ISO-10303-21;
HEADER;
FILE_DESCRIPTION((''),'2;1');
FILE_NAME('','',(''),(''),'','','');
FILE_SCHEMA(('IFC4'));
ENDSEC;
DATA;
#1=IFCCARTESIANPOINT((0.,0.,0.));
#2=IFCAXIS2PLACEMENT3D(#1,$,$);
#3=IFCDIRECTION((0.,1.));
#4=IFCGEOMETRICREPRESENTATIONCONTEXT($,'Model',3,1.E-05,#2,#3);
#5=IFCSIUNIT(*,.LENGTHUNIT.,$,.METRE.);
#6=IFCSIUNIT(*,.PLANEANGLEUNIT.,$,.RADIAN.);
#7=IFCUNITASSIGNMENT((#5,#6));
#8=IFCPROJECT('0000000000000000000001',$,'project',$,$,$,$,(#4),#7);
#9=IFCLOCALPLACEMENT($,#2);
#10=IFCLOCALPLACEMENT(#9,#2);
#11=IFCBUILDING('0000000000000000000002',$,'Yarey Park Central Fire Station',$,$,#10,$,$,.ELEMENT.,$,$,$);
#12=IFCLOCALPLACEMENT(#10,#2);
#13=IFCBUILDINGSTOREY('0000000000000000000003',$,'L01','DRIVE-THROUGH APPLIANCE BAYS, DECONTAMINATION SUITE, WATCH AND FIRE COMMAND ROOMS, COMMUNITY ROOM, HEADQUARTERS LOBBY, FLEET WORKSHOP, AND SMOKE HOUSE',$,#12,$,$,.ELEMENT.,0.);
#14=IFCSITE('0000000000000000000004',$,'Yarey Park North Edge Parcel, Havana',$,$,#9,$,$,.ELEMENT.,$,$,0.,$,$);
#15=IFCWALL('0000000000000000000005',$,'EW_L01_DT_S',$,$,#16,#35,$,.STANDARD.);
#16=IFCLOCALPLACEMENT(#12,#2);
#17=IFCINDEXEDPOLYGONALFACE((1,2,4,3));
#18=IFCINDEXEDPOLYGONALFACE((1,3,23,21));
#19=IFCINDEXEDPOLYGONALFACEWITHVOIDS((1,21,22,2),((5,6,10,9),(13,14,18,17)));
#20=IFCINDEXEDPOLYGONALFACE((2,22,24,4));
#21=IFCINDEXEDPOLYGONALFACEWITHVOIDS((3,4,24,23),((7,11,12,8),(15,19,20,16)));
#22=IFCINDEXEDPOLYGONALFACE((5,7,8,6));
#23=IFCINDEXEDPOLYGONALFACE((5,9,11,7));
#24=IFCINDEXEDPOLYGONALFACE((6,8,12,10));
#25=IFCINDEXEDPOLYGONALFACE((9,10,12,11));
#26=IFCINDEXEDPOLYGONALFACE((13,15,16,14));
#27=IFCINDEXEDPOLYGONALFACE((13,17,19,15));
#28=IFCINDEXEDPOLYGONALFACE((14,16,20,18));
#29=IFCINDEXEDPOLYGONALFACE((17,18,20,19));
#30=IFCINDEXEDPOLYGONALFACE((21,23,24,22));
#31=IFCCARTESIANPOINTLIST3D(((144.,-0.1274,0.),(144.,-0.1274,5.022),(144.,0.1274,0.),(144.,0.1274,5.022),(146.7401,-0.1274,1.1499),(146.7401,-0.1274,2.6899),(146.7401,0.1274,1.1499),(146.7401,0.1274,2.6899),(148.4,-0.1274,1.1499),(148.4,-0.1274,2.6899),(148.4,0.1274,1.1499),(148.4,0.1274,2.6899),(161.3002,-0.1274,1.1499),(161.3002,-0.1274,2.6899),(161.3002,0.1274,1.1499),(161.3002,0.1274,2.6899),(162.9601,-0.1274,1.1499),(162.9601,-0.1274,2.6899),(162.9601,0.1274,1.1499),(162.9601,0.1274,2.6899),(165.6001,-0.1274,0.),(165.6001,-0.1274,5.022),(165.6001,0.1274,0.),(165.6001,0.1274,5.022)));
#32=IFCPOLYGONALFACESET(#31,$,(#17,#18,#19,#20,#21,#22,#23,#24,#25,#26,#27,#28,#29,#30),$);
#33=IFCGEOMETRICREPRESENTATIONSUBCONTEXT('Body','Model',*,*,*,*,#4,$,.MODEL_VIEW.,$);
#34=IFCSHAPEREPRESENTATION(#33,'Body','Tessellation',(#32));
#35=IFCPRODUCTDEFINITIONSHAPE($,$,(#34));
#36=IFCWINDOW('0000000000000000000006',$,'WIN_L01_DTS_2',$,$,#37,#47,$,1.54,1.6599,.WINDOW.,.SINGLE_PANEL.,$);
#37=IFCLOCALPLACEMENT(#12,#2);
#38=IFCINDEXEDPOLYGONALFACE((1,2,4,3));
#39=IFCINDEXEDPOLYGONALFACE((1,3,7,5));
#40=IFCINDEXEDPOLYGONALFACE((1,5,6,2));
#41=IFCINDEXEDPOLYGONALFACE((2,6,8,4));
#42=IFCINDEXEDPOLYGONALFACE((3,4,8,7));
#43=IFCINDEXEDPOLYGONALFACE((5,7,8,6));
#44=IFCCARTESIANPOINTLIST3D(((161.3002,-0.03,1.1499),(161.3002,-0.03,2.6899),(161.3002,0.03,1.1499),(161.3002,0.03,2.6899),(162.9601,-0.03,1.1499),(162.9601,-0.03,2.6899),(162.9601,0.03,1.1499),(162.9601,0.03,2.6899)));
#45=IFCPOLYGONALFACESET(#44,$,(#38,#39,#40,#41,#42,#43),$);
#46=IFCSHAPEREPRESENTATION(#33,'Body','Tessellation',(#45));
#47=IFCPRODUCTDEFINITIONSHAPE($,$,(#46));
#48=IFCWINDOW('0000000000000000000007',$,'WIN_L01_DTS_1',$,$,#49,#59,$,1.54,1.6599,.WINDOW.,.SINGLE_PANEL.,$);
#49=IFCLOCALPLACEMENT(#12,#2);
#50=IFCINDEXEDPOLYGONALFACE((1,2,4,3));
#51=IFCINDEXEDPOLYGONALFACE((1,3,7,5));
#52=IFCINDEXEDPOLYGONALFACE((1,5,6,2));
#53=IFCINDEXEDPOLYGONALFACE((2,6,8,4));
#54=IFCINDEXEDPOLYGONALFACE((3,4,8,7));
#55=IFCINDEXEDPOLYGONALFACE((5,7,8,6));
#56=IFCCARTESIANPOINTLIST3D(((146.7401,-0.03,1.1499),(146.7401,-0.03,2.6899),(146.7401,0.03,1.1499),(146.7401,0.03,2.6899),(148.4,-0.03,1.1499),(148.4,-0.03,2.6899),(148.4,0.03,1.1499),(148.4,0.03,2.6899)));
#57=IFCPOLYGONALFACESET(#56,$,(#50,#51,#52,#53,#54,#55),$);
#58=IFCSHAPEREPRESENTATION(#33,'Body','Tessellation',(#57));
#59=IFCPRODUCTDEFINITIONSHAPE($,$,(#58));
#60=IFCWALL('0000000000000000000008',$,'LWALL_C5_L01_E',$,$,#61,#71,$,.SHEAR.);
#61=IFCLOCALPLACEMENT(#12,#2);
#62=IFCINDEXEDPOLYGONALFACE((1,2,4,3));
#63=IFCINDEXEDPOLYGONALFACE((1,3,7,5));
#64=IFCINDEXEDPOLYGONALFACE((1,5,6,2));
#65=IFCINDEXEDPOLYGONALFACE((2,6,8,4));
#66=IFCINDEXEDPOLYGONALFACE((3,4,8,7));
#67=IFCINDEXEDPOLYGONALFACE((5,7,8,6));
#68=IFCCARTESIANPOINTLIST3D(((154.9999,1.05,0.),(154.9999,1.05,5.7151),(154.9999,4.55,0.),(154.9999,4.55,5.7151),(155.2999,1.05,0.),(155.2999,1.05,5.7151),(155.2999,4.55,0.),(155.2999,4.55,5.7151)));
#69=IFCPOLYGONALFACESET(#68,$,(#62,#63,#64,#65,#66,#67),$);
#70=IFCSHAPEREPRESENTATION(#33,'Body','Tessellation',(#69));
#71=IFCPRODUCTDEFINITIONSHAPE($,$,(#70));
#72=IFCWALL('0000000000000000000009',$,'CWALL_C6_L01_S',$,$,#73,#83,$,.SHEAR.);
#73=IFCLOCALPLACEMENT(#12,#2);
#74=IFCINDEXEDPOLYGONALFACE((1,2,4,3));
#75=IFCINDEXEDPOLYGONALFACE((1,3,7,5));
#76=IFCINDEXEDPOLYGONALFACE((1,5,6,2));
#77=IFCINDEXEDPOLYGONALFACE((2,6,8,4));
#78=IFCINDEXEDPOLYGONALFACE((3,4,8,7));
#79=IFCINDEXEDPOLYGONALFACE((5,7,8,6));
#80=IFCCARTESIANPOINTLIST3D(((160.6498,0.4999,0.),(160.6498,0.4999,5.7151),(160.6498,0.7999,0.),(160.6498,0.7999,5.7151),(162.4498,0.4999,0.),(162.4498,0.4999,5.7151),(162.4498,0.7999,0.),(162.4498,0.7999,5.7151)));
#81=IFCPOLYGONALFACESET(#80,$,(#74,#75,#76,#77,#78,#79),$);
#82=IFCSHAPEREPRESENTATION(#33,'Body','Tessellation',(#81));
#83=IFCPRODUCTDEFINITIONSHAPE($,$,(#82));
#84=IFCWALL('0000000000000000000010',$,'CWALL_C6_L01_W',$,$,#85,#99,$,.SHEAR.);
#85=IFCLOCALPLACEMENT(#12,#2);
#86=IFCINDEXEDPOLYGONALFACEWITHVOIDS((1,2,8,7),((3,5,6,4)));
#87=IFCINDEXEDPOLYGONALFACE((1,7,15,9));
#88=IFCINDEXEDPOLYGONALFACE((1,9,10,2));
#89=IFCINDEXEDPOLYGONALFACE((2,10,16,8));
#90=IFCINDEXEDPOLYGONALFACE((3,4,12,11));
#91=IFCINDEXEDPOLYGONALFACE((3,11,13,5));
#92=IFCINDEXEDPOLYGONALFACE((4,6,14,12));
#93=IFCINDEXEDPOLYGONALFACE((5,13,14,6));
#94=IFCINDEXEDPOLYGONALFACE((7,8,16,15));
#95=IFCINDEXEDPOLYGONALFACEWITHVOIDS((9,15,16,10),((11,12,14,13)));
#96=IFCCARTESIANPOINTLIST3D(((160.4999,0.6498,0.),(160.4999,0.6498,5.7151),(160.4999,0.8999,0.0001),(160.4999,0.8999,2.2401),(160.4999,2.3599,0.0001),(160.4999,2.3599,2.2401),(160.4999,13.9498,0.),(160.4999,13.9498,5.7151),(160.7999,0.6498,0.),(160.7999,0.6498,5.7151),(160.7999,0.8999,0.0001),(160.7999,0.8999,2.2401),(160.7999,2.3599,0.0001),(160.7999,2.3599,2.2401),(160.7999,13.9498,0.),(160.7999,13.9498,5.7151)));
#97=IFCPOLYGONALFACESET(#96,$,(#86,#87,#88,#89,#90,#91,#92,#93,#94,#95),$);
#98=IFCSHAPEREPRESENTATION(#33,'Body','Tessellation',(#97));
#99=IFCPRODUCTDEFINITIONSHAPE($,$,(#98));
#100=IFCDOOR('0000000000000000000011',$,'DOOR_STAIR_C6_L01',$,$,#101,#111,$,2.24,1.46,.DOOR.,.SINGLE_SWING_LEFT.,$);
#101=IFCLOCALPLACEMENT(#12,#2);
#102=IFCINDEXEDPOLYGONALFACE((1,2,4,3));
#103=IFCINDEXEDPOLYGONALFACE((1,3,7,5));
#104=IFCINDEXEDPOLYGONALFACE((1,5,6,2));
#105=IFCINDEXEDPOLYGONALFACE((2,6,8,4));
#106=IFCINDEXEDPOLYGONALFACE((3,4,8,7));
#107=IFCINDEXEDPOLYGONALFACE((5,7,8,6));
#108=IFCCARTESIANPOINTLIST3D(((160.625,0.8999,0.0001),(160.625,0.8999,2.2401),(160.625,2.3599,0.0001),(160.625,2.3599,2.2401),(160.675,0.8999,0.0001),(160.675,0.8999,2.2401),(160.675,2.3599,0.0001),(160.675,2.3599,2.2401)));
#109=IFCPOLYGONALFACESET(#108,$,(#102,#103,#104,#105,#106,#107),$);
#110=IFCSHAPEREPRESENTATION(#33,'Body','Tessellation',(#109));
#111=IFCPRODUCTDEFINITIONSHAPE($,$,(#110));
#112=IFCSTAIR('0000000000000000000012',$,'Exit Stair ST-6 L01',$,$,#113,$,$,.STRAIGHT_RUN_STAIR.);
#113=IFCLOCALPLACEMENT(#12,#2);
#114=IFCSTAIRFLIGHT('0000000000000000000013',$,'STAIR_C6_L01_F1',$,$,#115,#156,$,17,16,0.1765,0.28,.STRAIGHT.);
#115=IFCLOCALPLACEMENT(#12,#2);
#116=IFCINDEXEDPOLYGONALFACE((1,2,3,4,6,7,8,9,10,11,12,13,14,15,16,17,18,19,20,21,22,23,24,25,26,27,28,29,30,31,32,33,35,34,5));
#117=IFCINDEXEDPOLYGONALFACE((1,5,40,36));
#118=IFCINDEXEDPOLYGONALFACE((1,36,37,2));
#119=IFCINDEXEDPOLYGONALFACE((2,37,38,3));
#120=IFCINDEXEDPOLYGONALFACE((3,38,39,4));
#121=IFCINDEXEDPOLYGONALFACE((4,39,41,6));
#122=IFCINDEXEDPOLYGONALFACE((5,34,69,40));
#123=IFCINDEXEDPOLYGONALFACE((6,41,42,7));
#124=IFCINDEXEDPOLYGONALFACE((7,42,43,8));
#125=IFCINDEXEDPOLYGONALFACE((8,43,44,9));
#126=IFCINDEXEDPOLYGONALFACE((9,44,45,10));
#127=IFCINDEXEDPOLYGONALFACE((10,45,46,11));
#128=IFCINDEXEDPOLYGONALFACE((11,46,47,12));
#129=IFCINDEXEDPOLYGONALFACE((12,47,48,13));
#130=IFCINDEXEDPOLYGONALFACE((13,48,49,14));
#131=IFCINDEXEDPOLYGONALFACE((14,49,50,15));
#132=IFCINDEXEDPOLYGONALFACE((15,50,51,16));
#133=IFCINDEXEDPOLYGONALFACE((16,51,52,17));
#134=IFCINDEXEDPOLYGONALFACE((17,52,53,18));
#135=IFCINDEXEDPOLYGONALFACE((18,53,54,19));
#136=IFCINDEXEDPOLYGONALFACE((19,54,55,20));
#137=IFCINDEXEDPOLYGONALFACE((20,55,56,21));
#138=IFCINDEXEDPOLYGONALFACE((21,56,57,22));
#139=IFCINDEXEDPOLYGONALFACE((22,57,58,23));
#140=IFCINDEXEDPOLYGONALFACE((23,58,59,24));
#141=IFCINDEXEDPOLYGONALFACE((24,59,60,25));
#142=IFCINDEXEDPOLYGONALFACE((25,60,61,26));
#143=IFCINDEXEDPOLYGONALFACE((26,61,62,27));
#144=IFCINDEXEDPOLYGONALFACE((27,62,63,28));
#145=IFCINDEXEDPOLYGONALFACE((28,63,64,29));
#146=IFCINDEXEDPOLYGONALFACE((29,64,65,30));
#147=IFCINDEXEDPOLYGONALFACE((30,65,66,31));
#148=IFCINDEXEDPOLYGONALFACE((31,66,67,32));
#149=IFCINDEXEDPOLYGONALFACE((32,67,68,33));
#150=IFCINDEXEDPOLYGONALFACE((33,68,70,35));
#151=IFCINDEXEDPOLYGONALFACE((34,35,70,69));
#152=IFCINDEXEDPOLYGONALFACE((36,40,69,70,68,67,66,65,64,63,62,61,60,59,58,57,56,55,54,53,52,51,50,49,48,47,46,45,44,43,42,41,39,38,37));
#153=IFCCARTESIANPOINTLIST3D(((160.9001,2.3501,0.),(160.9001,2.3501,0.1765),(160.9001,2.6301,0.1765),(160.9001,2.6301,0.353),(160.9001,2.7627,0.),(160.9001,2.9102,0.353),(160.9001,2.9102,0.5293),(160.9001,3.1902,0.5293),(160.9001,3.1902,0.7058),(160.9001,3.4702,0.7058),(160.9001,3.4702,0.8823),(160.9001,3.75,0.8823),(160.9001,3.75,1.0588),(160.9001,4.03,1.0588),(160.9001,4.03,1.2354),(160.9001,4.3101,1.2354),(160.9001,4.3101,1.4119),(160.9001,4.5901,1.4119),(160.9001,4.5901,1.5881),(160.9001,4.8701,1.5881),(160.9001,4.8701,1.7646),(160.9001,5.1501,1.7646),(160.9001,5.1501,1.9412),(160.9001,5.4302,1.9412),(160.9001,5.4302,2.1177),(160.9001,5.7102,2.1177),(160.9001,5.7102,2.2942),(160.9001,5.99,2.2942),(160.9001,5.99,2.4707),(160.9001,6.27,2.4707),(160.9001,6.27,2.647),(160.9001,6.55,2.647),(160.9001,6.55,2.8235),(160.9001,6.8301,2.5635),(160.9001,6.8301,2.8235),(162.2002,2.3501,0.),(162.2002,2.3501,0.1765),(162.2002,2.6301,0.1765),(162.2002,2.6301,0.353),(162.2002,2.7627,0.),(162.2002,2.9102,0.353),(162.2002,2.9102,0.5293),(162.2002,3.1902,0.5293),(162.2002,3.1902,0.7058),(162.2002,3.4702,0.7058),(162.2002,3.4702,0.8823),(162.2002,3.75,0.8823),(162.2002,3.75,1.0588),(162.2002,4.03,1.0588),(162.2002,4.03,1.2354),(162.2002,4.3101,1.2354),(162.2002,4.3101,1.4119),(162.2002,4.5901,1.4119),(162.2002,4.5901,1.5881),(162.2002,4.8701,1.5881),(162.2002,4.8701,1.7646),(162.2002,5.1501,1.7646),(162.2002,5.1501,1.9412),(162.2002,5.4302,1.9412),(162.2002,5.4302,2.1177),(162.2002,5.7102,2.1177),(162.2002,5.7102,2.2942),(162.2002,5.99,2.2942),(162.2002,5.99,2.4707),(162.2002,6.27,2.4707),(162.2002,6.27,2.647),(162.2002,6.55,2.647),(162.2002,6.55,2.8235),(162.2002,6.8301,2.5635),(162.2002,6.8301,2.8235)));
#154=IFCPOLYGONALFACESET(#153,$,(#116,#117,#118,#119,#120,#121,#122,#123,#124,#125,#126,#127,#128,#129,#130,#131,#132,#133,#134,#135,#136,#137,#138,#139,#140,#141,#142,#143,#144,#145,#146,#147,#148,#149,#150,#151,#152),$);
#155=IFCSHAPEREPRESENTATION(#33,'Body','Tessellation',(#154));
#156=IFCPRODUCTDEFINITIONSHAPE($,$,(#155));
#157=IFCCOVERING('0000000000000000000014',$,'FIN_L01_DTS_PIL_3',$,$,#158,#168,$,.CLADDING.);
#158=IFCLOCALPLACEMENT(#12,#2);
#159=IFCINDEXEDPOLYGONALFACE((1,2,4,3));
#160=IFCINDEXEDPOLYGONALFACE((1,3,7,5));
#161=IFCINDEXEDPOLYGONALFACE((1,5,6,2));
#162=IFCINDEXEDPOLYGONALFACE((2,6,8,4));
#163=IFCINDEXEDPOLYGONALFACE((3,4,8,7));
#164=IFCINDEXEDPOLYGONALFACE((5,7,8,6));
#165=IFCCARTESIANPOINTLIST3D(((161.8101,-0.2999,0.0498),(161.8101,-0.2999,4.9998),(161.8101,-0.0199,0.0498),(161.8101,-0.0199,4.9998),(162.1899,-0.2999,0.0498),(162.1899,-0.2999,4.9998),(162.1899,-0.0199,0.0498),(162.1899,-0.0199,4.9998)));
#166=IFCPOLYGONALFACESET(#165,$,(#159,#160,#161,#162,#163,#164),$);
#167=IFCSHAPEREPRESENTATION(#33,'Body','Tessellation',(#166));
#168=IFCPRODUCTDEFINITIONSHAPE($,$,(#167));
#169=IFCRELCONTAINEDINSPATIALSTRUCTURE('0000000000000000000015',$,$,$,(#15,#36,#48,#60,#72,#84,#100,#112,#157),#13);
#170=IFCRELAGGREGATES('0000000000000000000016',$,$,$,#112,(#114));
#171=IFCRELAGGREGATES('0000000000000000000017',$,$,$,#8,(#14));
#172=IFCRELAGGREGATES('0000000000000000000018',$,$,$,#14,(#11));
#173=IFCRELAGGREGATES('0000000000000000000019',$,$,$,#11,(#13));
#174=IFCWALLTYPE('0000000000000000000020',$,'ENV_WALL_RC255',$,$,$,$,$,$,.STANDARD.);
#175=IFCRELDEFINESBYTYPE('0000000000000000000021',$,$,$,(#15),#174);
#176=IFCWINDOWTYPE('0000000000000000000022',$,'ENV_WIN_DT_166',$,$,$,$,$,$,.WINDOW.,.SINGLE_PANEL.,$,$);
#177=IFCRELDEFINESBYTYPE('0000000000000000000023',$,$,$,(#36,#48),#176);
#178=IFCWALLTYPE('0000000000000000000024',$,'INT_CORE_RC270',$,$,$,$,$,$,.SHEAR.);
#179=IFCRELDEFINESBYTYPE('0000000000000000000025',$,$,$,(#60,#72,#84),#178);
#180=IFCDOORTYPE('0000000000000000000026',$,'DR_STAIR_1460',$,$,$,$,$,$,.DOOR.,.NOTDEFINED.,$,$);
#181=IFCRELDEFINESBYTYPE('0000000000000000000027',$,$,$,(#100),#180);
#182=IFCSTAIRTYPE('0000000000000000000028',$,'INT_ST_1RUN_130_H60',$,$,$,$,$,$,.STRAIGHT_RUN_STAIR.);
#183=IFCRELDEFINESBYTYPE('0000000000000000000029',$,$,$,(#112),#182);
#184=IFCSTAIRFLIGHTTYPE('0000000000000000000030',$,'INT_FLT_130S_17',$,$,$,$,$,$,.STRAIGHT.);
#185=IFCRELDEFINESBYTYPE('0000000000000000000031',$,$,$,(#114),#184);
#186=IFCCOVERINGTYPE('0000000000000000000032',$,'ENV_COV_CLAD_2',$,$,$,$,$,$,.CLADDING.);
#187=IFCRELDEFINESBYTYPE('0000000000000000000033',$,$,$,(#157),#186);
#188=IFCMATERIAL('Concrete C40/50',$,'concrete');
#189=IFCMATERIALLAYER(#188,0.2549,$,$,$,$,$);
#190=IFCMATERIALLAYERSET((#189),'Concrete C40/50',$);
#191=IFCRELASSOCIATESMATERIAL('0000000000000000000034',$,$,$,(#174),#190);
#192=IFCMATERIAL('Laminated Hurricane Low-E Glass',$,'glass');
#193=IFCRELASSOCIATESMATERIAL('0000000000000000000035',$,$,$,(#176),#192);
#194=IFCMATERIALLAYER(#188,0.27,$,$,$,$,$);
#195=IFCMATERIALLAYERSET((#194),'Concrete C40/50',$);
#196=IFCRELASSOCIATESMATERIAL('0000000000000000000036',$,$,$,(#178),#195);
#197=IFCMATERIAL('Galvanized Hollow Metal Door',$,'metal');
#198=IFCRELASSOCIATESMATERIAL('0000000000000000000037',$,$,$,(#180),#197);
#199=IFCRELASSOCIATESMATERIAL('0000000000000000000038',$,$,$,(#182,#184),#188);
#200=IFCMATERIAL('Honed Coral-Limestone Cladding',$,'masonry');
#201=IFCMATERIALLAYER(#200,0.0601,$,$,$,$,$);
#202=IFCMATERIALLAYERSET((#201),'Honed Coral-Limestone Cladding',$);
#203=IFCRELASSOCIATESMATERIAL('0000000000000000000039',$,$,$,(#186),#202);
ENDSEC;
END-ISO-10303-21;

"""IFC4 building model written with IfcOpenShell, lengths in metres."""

from ifc_helpers import new_model, si_unit, direction, frame, frame_2d, origin, origin_2d, place, context, subcontext, project, spatial, polyline, rectangle, outline, extrude, material, layer, layer_set, type_object, element, fill, aggregate, save


model = new_model("IFC4")

# Units and contexts
model_context = context("Model", 3, precision=1e-05, world=origin(), true_north=direction((0.0, 1.0)))
body_context = subcontext(model_context, "Body", "Model", "MODEL_VIEW")
ifc_project = project(units=[si_unit("LENGTHUNIT", "METRE"), si_unit("PLANEANGLEUNIT", "RADIAN")], contexts=[model_context])

# Site, building, storey
site_placement = place(None, origin())
site = spatial("IfcSite", under=ifc_project, at=site_placement, Name="Yarey Park North Edge Parcel, Havana", CompositionType="ELEMENT", RefElevation=0.0)
building_placement = place(site_placement, origin())
building = spatial("IfcBuilding", under=site, at=building_placement, Name="Yarey Park Central Fire Station", CompositionType="ELEMENT")
storey_placement = place(building_placement, origin())
storey = spatial("IfcBuildingStorey", under=building, at=storey_placement, Name="L01", Description="DRIVE-THROUGH APPLIANCE BAYS, DECONTAMINATION SUITE, WATCH AND FIRE COMMAND ROOMS, COMMUNITY ROOM, HEADQUARTERS LOBBY, FLEET WORKSHOP, AND SMOKE HOUSE", CompositionType="ELEMENT", Elevation=0.0)

# Wall, openings, windows
ifc_material_1 = material(Name="Concrete C40/50", Category="concrete")
ifc_layer_1 = layer(ifc_material_1, 0.2549)
ifc_layer_set_1 = layer_set([ifc_layer_1], Name="Concrete C40/50")
wall_type_1 = type_object("IfcWallType", Name="ENV_WALL_RC255", PredefinedType="STANDARD", material=ifc_layer_set_1)
wall_1_placement = place(storey_placement, frame((165.6001, 0.0, 0.0), z_axis=(0.0, 0.0, 1.0), x_axis=(-1.0, 0.0, 0.0)))
wall_1 = element("IfcWall", 1, at=wall_1_placement, inside=storey, type_object=wall_type_1, Name="EW_L01_DT_S", PredefinedType="STANDARD", context=body_context, shape_type="SweptSolid", body=[
    extrude(rectangle(XDim=21.6001, YDim=0.2549, at=frame_2d((10.8, 0.0))), origin(), (0.0, 0.0, 1.0), 5.022),
])
opening_1_placement = place(wall_1_placement, frame((2.6399, 0.0, 1.1499)))
opening_1 = element("IfcOpeningElement", 2, at=opening_1_placement, cuts=wall_1, PredefinedType="OPENING", context=body_context, shape_type="SweptSolid", body=[
    extrude(rectangle(XDim=1.6599, YDim=1.54, at=frame_2d((0.8301, 0.77))), frame((0.0, 0.1375, 0.0), z_axis=(0.0, -1.0, 0.0), x_axis=(1.0, 0.0, 0.0)), (0.0, 0.0, 1.0), 0.2749),
])
opening_2_placement = place(wall_1_placement, frame((17.2, 0.0, 1.1499)))
opening_2 = element("IfcOpeningElement", 3, at=opening_2_placement, cuts=wall_1, PredefinedType="OPENING", context=body_context, shape_type="SweptSolid", body=[
    extrude(rectangle(XDim=1.6599, YDim=1.54, at=frame_2d((0.8301, 0.77))), frame((0.0, 0.1375, 0.0), z_axis=(0.0, -1.0, 0.0), x_axis=(1.0, 0.0, 0.0)), (0.0, 0.0, 1.0), 0.2749),
])
ifc_material_2 = material(Name="Laminated Hurricane Low-E Glass", Category="glass")
window_type = type_object("IfcWindowType", Name="ENV_WIN_DT_166", PartitioningType="SINGLE_PANEL", PredefinedType="WINDOW", material=ifc_material_2)
window_1_placement = place(opening_1_placement, origin())
window_1 = element("IfcWindow", 4, at=window_1_placement, inside=storey, type_object=window_type, Name="WIN_L01_DTS_2", OverallHeight=1.54, OverallWidth=1.6599, PartitioningType="SINGLE_PANEL", PredefinedType="WINDOW", context=body_context, shape_type="SweptSolid", body=[
    extrude(rectangle(XDim=1.6599, YDim=1.54, at=frame_2d((0.8301, 0.77))), frame((0.0, 0.03, 0.0), z_axis=(0.0, -1.0, 0.0), x_axis=(1.0, 0.0, 0.0)), (0.0, 0.0, 1.0), 0.0601),
])
fill(opening_1, window_1)
window_2_placement = place(opening_2_placement, origin())
window_2 = element("IfcWindow", 5, at=window_2_placement, inside=storey, type_object=window_type, Name="WIN_L01_DTS_1", OverallHeight=1.54, OverallWidth=1.6599, PartitioningType="SINGLE_PANEL", PredefinedType="WINDOW", context=body_context, shape_type="SweptSolid", body=[
    extrude(rectangle(XDim=1.6599, YDim=1.54, at=frame_2d((0.8301, 0.77))), frame((0.0, 0.03, 0.0), z_axis=(0.0, -1.0, 0.0), x_axis=(1.0, 0.0, 0.0)), (0.0, 0.0, 1.0), 0.0601),
])
fill(opening_2, window_2)

# Walls
ifc_layer_2 = layer(ifc_material_1, 0.27)
ifc_layer_set_2 = layer_set([ifc_layer_2], Name="Concrete C40/50")
wall_type_2 = type_object("IfcWallType", Name="INT_CORE_RC270", PredefinedType="SHEAR", material=ifc_layer_set_2)
wall_2_placement = place(storey_placement, frame((155.1499, 1.05, 0.0), z_axis=(0.0, 0.0, 1.0), x_axis=(0.0, 1.0, 0.0)))
element("IfcWall", 6, at=wall_2_placement, inside=storey, type_object=wall_type_2, Name="LWALL_C5_L01_E", PredefinedType="SHEAR", context=body_context, shape_type="SweptSolid", body=[
    extrude(rectangle(XDim=3.5, YDim=0.3, at=frame_2d((1.75, 0.0))), origin(), (0.0, 0.0, 1.0), 5.7151),
])
wall_3_placement = place(storey_placement, frame((160.6499, 0.6499, 0.0), z_axis=(0.0, 0.0, 1.0), x_axis=(1.0, 0.0, 0.0)))
element("IfcWall", 7, at=wall_3_placement, inside=storey, type_object=wall_type_2, Name="CWALL_C6_L01_S", PredefinedType="SHEAR", context=body_context, shape_type="SweptSolid", body=[
    extrude(rectangle(XDim=1.8, YDim=0.3, at=frame_2d((0.8999, 0.0))), origin(), (0.0, 0.0, 1.0), 5.7151),
])

# Wall, opening, door
wall_4_placement = place(storey_placement, frame((160.6499, 0.6499, 0.0), z_axis=(0.0, 0.0, 1.0), x_axis=(0.0, 1.0, 0.0)))
wall_4 = element("IfcWall", 8, at=wall_4_placement, inside=storey, type_object=wall_type_2, Name="CWALL_C6_L01_W", PredefinedType="SHEAR", context=body_context, shape_type="SweptSolid", body=[
    extrude(rectangle(XDim=13.3, YDim=0.3, at=frame_2d((6.6499, 0.0))), origin(), (0.0, 0.0, 1.0), 5.7151),
])
opening_3_placement = place(wall_4_placement, frame((0.25, 0.0, 0.0)))
opening_3 = element("IfcOpeningElement", 9, at=opening_3_placement, cuts=wall_4, PredefinedType="OPENING", context=body_context, shape_type="SweptSolid", body=[
    extrude(rectangle(XDim=1.46, YDim=2.24, at=frame_2d((0.73, 1.1201))), frame((0.0, 0.1599, 0.0), z_axis=(0.0, -1.0, 0.0), x_axis=(1.0, 0.0, 0.0)), (0.0, 0.0, 1.0), 0.3201),
])
ifc_material_3 = material(Name="Galvanized Hollow Metal Door", Category="metal")
door_type = type_object("IfcDoorType", Name="DR_STAIR_1460", OperationType="NOTDEFINED", PredefinedType="DOOR", material=ifc_material_3)
door_placement = place(opening_3_placement, origin())
door = element("IfcDoor", 10, at=door_placement, inside=storey, type_object=door_type, Name="DOOR_STAIR_C6_L01", OperationType="SINGLE_SWING_LEFT", OverallHeight=2.24, OverallWidth=1.46, PredefinedType="DOOR", context=body_context, shape_type="SweptSolid", body=[
    extrude(rectangle(XDim=1.46, YDim=2.24, at=frame_2d((0.73, 1.1201))), frame((0.0, 0.0249, 0.0), z_axis=(0.0, -1.0, 0.0), x_axis=(1.0, 0.0, 0.0)), (0.0, 0.0, 1.0), 0.05),
])
fill(opening_3, door)

# Stair, stair flight
stair_type = type_object("IfcStairType", Name="INT_ST_1RUN_130_H60", PredefinedType="STRAIGHT_RUN_STAIR", material=ifc_material_1)
stair_placement = place(storey_placement, origin())
stair = element("IfcStair", 11, at=stair_placement, inside=storey, type_object=stair_type, Name="Exit Stair ST-6 L01", PredefinedType="STRAIGHT_RUN_STAIR")
stair_flight_type = type_object("IfcStairFlightType", Name="INT_FLT_130S_17", PredefinedType="STRAIGHT", material=ifc_material_1)
stair_flight_placement = place(storey_placement, frame((161.55, 2.3501, 0.0), z_axis=(0.0, 0.0, 1.0), x_axis=(0.0, 1.0, 0.0)))
stair_flight = element("IfcStairFlight", 12, at=stair_flight_placement, type_object=stair_flight_type, Name="STAIR_C6_L01_F1", NumberOfRisers=17, NumberOfTreads=16, PredefinedType="STRAIGHT", RiserHeight=0.1765, TreadLength=0.28, context=body_context, shape_type="SweptSolid", body=[
    extrude(outline(polyline([(0.0, 0.0), (0.0, 0.1765), (0.28, 0.1765), (0.28, 0.353), (0.5601, 0.353), (0.5601, 0.5293), (0.8401, 0.5293), (0.8401, 0.7058), (1.1201, 0.7058), (1.1201, 0.8823), (1.3999, 0.8823), (1.3999, 1.0588), (1.6799, 1.0588), (1.6799, 1.2354), (1.96, 1.2354), (1.96, 1.4119), (2.24, 1.4119), (2.24, 1.5881), (2.52, 1.5881), (2.52, 1.7646), (2.8, 1.7646), (2.8, 1.9412), (3.0801, 1.9412), (3.0801, 2.1177), (3.3601, 2.1177), (3.3601, 2.2942), (3.6399, 2.2942), (3.6399, 2.4707), (3.9199, 2.4707), (3.9199, 2.647), (4.2, 2.647), (4.2, 2.8235), (4.48, 2.8235), (4.48, 3.0), (4.48, 2.5635), (0.4126, 0.0), (0.0, 0.0)])), frame((0.0, 0.6499, 0.0), z_axis=(0.0, -1.0, 0.0), x_axis=(1.0, 0.0, 0.0)), (0.0, 0.0, 1.0), 1.3),
])
aggregate(stair, [stair_flight])

# Covering
ifc_material_4 = material(Name="Honed Coral-Limestone Cladding", Category="masonry")
ifc_layer_3 = layer(ifc_material_4, 0.0601)
ifc_layer_set_3 = layer_set([ifc_layer_3], Name="Honed Coral-Limestone Cladding")
covering_type = type_object("IfcCoveringType", Name="ENV_COV_CLAD_2", PredefinedType="CLADDING", material=ifc_layer_set_3)
covering_placement = place(storey_placement, frame((162.0, -0.1599, 0.0498), z_axis=(0.0, 0.0, 1.0), x_axis=(1.0, 0.0, 0.0)))
element("IfcCovering", 13, at=covering_placement, inside=storey, type_object=covering_type, Name="FIN_L01_DTS_PIL_3", PredefinedType="CLADDING", context=body_context, shape_type="SweptSolid", body=[
    extrude(rectangle(XDim=0.3799, YDim=0.28, at=origin_2d()), origin(), (0.0, 0.0, 1.0), 4.95),
])

save(model, "model.ifc")
